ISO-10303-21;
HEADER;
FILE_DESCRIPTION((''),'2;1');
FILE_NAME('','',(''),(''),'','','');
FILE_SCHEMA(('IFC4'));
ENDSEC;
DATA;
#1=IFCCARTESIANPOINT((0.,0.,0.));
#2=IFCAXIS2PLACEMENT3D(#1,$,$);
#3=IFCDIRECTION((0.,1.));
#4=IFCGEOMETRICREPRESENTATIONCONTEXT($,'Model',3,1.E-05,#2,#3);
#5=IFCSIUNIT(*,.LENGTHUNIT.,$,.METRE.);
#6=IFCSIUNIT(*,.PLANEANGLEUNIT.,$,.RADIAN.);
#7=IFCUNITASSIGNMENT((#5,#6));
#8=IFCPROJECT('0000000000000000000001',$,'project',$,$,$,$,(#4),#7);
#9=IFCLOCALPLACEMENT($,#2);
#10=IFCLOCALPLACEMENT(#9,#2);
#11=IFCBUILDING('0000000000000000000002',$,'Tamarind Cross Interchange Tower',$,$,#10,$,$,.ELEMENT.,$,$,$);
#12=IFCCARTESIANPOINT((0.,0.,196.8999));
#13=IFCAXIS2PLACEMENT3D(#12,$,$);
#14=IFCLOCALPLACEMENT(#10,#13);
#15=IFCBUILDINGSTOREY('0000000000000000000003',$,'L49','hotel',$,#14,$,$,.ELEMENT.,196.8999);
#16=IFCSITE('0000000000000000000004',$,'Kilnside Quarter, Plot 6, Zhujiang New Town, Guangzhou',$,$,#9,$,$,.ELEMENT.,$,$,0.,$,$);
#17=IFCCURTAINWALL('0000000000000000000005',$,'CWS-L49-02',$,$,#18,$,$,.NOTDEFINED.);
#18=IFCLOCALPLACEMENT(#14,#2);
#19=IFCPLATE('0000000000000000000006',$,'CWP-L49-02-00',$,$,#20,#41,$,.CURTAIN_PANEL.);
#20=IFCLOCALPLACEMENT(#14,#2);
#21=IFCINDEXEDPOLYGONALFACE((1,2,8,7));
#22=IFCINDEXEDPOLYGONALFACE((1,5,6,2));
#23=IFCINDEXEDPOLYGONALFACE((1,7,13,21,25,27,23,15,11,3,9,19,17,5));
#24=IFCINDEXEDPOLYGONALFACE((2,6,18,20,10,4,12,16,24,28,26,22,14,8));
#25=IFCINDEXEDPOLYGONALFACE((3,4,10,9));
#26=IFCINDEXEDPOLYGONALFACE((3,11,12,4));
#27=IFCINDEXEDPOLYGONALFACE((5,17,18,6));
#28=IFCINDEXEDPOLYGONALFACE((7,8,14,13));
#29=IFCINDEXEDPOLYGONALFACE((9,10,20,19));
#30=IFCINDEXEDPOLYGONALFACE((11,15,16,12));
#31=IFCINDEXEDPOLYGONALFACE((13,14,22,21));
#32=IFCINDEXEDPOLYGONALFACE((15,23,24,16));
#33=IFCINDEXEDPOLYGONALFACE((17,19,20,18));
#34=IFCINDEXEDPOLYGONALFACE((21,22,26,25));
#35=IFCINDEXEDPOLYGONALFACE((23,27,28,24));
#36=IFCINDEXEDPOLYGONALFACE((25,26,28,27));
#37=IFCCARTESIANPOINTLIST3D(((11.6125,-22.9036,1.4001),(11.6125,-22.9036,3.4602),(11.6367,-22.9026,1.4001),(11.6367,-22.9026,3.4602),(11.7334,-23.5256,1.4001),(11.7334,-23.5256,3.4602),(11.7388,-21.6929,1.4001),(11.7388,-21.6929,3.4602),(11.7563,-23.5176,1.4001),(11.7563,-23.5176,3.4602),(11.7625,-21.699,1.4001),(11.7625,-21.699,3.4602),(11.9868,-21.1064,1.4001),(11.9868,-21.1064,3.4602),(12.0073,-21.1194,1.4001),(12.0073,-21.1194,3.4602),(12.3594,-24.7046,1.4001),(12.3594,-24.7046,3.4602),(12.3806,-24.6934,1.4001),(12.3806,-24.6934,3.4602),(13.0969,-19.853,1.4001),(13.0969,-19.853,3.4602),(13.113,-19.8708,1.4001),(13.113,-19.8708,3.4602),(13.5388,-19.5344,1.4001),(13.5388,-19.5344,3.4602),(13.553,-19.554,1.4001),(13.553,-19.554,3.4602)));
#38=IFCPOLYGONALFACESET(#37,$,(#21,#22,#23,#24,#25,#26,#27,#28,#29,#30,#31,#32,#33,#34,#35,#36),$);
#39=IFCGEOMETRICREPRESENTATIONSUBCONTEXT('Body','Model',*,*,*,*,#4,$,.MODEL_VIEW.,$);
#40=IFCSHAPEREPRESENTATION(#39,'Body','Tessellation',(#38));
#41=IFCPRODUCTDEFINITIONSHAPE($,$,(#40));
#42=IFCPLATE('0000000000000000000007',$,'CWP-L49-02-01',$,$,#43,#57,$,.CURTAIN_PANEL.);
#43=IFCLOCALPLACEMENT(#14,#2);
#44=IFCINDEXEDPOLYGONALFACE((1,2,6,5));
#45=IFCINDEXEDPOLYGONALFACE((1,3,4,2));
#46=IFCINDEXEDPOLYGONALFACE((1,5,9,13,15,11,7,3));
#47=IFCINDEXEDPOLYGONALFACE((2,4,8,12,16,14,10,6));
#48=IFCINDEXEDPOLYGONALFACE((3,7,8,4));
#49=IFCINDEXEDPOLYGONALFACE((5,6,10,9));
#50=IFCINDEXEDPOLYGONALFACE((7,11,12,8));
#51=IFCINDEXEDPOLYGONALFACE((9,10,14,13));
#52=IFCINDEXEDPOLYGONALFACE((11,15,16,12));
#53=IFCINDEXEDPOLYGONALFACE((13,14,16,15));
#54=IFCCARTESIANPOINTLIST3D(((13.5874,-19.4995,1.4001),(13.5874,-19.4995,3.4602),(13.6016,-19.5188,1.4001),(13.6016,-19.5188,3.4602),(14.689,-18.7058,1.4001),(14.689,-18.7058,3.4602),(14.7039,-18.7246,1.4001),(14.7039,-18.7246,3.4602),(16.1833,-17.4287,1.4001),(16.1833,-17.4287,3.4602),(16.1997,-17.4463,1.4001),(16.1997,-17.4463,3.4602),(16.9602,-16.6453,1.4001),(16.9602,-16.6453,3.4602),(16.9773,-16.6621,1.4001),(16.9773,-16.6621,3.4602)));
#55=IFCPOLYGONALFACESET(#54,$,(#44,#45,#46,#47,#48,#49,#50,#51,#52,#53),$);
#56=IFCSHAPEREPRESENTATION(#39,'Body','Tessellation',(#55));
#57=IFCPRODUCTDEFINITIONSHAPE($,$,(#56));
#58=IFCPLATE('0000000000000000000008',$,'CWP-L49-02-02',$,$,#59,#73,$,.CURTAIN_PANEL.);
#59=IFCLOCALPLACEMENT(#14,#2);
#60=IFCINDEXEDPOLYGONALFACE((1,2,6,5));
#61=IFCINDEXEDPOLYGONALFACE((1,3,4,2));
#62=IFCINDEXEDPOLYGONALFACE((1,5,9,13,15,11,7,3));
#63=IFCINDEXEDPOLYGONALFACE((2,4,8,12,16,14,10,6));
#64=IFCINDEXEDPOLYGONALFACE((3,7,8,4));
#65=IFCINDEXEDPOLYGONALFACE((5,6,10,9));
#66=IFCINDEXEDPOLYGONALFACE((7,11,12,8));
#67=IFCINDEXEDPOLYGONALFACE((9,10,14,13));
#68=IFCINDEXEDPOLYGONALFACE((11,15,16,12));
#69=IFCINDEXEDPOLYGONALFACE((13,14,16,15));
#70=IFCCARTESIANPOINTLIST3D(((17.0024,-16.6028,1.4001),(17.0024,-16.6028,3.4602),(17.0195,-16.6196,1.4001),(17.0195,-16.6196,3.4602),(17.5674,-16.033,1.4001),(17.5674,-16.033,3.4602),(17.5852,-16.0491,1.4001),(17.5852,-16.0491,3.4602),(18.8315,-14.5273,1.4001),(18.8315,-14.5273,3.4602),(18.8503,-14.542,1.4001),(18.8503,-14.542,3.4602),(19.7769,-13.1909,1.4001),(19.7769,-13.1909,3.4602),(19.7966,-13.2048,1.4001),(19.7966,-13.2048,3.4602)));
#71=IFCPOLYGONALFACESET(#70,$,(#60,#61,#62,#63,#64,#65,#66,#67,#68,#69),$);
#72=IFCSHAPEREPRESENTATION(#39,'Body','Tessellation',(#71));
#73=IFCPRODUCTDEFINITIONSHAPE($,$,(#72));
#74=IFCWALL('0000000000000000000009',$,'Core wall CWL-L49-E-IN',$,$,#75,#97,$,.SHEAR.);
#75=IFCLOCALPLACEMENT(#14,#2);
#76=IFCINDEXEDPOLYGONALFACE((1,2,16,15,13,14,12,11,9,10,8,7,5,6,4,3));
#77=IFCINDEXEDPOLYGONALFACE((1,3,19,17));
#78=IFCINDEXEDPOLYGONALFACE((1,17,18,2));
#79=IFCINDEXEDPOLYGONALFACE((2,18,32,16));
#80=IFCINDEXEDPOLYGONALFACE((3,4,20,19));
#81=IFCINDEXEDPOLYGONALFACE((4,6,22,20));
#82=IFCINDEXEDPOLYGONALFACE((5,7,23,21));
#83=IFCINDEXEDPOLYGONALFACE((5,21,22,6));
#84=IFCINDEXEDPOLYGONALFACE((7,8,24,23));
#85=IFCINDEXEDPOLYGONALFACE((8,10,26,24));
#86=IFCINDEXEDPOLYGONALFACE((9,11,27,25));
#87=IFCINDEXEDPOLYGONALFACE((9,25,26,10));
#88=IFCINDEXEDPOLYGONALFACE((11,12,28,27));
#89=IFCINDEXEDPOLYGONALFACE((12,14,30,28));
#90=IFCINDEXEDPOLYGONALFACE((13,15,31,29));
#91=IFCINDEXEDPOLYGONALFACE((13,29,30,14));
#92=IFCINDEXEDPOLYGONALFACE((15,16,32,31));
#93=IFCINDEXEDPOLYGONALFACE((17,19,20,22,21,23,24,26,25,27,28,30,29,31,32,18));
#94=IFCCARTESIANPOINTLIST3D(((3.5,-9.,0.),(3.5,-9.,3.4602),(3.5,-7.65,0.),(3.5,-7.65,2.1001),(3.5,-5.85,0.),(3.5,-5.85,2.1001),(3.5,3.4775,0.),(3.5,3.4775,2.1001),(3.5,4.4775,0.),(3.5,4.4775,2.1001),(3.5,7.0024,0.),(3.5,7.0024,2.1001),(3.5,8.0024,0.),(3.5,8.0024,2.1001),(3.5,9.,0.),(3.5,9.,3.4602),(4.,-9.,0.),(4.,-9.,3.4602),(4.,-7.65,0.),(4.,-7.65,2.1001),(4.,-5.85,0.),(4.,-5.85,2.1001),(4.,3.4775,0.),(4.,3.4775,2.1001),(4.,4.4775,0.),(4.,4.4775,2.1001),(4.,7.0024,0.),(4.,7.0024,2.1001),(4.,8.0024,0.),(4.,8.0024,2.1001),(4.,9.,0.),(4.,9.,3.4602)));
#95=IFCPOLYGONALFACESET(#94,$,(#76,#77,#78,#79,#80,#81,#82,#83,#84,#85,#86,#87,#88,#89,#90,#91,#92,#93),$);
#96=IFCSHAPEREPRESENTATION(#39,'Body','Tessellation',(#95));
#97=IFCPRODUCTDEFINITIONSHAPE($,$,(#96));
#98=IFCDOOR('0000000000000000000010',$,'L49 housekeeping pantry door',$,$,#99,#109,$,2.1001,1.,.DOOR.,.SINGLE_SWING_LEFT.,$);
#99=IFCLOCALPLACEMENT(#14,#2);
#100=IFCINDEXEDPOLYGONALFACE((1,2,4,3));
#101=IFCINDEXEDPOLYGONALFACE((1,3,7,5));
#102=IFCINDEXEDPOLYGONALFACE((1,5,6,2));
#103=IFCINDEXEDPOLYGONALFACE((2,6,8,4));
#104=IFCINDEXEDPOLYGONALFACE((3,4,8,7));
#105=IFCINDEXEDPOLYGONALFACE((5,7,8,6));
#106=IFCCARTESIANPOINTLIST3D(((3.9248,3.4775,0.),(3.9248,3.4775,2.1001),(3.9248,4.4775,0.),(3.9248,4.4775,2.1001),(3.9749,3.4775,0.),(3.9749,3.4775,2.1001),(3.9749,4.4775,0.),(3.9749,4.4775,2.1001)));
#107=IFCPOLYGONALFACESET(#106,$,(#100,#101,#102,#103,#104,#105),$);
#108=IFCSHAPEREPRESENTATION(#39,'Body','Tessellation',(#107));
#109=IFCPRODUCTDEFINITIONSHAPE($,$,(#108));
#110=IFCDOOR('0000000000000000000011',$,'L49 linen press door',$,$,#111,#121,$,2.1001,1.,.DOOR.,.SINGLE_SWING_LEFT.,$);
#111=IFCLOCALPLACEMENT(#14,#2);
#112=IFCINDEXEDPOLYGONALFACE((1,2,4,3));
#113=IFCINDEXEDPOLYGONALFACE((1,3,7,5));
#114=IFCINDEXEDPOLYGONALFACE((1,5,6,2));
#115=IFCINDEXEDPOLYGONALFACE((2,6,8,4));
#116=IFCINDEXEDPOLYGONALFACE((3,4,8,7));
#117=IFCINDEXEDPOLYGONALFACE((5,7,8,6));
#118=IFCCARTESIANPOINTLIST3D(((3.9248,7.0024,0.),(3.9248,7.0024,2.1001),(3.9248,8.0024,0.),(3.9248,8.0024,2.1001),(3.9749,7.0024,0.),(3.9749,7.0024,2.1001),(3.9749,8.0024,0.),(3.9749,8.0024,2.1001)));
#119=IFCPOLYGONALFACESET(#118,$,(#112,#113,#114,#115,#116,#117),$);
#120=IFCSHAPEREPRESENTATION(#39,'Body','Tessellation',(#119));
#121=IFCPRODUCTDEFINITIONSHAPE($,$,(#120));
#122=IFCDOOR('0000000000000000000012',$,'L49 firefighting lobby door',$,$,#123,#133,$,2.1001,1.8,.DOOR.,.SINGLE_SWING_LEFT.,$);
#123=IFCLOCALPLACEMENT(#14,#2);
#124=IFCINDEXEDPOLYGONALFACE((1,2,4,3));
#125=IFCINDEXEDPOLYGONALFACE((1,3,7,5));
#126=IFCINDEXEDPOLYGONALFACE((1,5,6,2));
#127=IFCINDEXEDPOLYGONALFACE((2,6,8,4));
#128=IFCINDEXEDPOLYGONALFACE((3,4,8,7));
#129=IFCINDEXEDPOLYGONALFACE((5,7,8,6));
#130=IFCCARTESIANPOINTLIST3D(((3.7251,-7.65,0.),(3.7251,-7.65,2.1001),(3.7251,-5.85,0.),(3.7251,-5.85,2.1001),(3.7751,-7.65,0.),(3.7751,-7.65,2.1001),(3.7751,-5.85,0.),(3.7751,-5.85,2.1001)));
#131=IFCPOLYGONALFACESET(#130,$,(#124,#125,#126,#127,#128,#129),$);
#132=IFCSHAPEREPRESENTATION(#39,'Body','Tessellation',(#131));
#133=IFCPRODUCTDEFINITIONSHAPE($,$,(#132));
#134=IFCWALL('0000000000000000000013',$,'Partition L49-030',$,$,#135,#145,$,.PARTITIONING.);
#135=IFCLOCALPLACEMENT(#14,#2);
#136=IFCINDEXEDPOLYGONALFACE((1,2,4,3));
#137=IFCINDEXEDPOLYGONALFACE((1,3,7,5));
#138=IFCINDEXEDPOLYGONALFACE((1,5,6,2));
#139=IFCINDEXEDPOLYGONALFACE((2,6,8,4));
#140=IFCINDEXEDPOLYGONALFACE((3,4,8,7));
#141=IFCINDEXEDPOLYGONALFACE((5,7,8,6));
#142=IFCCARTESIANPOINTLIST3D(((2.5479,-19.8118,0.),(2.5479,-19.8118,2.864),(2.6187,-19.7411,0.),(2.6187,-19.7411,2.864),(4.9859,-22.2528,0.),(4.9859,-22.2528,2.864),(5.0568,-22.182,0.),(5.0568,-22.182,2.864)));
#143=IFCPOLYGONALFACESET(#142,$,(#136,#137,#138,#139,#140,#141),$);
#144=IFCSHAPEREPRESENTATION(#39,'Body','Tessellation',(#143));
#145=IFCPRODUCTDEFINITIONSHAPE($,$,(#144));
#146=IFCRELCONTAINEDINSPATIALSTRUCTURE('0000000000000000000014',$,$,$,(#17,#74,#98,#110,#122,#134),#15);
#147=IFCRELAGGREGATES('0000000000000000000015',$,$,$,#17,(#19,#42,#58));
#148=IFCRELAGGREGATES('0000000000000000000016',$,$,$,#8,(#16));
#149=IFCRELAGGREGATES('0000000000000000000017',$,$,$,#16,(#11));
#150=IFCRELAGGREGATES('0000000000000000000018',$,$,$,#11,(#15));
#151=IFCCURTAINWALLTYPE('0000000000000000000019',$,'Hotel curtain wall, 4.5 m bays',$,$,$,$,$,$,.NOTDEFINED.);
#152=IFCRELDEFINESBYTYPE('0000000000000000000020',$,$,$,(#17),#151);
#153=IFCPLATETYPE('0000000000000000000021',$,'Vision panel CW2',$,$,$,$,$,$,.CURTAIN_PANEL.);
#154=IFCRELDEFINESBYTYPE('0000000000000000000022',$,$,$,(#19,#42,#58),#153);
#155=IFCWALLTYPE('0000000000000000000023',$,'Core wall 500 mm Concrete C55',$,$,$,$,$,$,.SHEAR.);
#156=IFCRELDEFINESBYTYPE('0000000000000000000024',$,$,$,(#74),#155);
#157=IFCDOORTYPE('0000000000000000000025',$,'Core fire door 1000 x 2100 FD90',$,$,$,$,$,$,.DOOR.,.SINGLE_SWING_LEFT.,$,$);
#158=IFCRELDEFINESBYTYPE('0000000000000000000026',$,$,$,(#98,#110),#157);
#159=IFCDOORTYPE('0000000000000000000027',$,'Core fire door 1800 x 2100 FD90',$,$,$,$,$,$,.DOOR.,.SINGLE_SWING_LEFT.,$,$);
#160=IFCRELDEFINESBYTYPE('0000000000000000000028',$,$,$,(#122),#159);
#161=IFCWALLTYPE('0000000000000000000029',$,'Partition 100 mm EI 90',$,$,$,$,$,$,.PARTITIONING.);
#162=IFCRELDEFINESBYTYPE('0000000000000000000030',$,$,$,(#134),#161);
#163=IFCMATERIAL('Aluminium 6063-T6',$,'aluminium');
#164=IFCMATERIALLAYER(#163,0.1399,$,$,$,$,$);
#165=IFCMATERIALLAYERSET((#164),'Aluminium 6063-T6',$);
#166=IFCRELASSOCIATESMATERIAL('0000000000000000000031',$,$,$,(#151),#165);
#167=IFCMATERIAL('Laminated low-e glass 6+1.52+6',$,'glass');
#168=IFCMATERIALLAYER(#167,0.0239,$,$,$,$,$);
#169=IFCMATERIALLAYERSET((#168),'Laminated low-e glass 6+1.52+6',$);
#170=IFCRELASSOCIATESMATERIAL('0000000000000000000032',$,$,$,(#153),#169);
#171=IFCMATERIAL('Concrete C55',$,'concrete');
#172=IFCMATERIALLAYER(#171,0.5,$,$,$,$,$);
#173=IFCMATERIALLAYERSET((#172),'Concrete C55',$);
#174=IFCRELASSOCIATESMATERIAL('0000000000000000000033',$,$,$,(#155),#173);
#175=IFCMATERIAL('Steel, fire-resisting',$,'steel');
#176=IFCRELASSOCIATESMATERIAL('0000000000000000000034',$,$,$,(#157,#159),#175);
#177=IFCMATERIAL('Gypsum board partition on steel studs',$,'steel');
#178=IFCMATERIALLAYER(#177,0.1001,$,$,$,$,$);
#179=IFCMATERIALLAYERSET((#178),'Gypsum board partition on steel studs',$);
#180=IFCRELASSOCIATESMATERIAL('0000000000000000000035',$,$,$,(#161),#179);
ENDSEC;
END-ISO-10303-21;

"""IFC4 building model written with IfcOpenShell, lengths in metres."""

from ifc_helpers import new_model, si_unit, direction, frame, frame_2d, origin, place, context, subcontext, project, spatial, polyline, rectangle, outline, extrude, material, layer, layer_set, type_object, element, fill, aggregate, save


model = new_model("IFC4")

# Units and contexts
model_context = context("Model", 3, precision=1e-05, world=origin(), true_north=direction((0.0, 1.0)))
body_context = subcontext(model_context, "Body", "Model", "MODEL_VIEW")
ifc_project = project(units=[si_unit("LENGTHUNIT", "METRE"), si_unit("PLANEANGLEUNIT", "RADIAN")], contexts=[model_context])

# Site, building, storey
site_placement = place(None, origin())
site = spatial("IfcSite", under=ifc_project, at=site_placement, Name="Kilnside Quarter, Plot 6, Zhujiang New Town, Guangzhou", CompositionType="ELEMENT", RefElevation=0.0)
building_placement = place(site_placement, origin())
building = spatial("IfcBuilding", under=site, at=building_placement, Name="Tamarind Cross Interchange Tower", CompositionType="ELEMENT")
storey_placement = place(building_placement, frame((0.0, 0.0, 196.8999)))
storey = spatial("IfcBuildingStorey", under=building, at=storey_placement, Name="L49", Description="hotel", CompositionType="ELEMENT", Elevation=196.8999)

# Shared definitions
ifc_material_1 = material(Name="Aluminium 6063-T6", Category="aluminium")
ifc_layer_1 = layer(ifc_material_1, 0.1399)
ifc_layer_set_1 = layer_set([ifc_layer_1], Name="Aluminium 6063-T6")
curtain_wall_type = type_object("IfcCurtainWallType", Name="Hotel curtain wall, 4.5 m bays", PredefinedType="NOTDEFINED", material=ifc_layer_set_1)

# Shared definitions
ifc_material_2 = material(Name="Laminated low-e glass 6+1.52+6", Category="glass")
ifc_layer_2 = layer(ifc_material_2, 0.0239)
ifc_layer_set_2 = layer_set([ifc_layer_2], Name="Laminated low-e glass 6+1.52+6")
plate_type = type_object("IfcPlateType", Name="Vision panel CW2", PredefinedType="CURTAIN_PANEL", material=ifc_layer_set_2)

# Curtain wall, plates
curtain_wall_1_placement = place(storey_placement, origin())
curtain_wall_1 = element("IfcCurtainWall", 1, at=curtain_wall_1_placement, inside=storey, type_object=curtain_wall_type, Name="CWS-L49-02", PredefinedType="NOTDEFINED")
plate_1_placement = place(storey_placement, frame((0.0, 0.0, 1.4001)))
plate_1 = element("IfcPlate", 2, at=plate_1_placement, type_object=plate_type, Name="CWP-L49-02-00", PredefinedType="CURTAIN_PANEL", context=body_context, shape_type="SweptSolid", body=[
    extrude(outline(polyline([(12.3594, -24.7046), (11.7334, -23.5256), (11.6125, -22.9036), (11.7388, -21.6929), (11.9868, -21.1064), (13.0969, -19.853), (13.5388, -19.5344), (13.553, -19.554), (13.113, -19.8708), (12.0073, -21.1194), (11.7625, -21.699), (11.6367, -22.9026), (11.7563, -23.5176), (12.3806, -24.6934), (12.3594, -24.7046)])), origin(), (0.0, 0.0, 1.0), 2.0601),
])
plate_2_placement = place(storey_placement, frame((0.0, 0.0, 1.4001)))
plate_2 = element("IfcPlate", 3, at=plate_2_placement, type_object=plate_type, Name="CWP-L49-02-01", PredefinedType="CURTAIN_PANEL", context=body_context, shape_type="SweptSolid", body=[
    extrude(outline(polyline([(13.5874, -19.4995), (14.689, -18.7058), (16.1833, -17.4287), (16.9602, -16.6453), (16.9773, -16.6621), (16.1997, -17.4463), (14.7039, -18.7246), (13.6016, -19.5188), (13.5874, -19.4995)])), origin(), (0.0, 0.0, 1.0), 2.0601),
])
plate_3_placement = place(storey_placement, frame((0.0, 0.0, 1.4001)))
plate_3 = element("IfcPlate", 4, at=plate_3_placement, type_object=plate_type, Name="CWP-L49-02-02", PredefinedType="CURTAIN_PANEL", context=body_context, shape_type="SweptSolid", body=[
    extrude(outline(polyline([(17.0024, -16.6028), (17.5674, -16.033), (18.8315, -14.5273), (19.7769, -13.1909), (19.7966, -13.2048), (18.8503, -14.542), (17.5852, -16.0491), (17.0195, -16.6196), (17.0024, -16.6028)])), origin(), (0.0, 0.0, 1.0), 2.0601),
])
aggregate(curtain_wall_1, [plate_1, plate_2, plate_3])

# Wall, openings, doors
ifc_material_3 = material(Name="Concrete C55", Category="concrete")
ifc_layer_3 = layer(ifc_material_3, 0.5)
ifc_layer_set_3 = layer_set([ifc_layer_3], Name="Concrete C55")
wall_type_1 = type_object("IfcWallType", Name="Core wall 500 mm Concrete C55", PredefinedType="SHEAR", material=ifc_layer_set_3)
wall_1_placement = place(storey_placement, frame((3.75, -9.0, 0.0), z_axis=(0.0, 0.0, 1.0), x_axis=(0.0, 1.0, 0.0)))
wall_1 = element("IfcWall", 5, at=wall_1_placement, inside=storey, type_object=wall_type_1, Name="Core wall CWL-L49-E-IN", PredefinedType="SHEAR", context=body_context, shape_type="SweptSolid", body=[
    extrude(rectangle(XDim=18.0, YDim=0.5, at=frame_2d((9.0, 0.0))), origin(), (0.0, 0.0, 1.0), 3.4602),
])
opening_1_placement = place(wall_1_placement, frame((1.3501, 0.0, 0.0)))
opening_1 = element("IfcOpeningElement", 6, at=opening_1_placement, cuts=wall_1, PredefinedType="OPENING", context=body_context, shape_type="SweptSolid", body=[
    extrude(rectangle(XDim=1.8, YDim=2.1001, at=frame_2d((0.8999, 1.05))), frame((0.0, 0.26, 0.0), z_axis=(0.0, -1.0, 0.0), x_axis=(1.0, 0.0, 0.0)), (0.0, 0.0, 1.0), 0.52),
])
opening_2_placement = place(wall_1_placement, frame((12.4775, 0.0, 0.0)))
opening_2 = element("IfcOpeningElement", 7, at=opening_2_placement, cuts=wall_1, PredefinedType="OPENING", context=body_context, shape_type="SweptSolid", body=[
    extrude(rectangle(XDim=1.0, YDim=2.1001, at=frame_2d((0.5, 1.05))), frame((0.0, 0.26, 0.0), z_axis=(0.0, -1.0, 0.0), x_axis=(1.0, 0.0, 0.0)), (0.0, 0.0, 1.0), 0.52),
])
opening_3_placement = place(wall_1_placement, frame((16.0024, 0.0, 0.0)))
opening_3 = element("IfcOpeningElement", 8, at=opening_3_placement, cuts=wall_1, PredefinedType="OPENING", context=body_context, shape_type="SweptSolid", body=[
    extrude(rectangle(XDim=1.0, YDim=2.1001, at=frame_2d((0.5, 1.05))), frame((0.0, 0.26, 0.0), z_axis=(0.0, -1.0, 0.0), x_axis=(1.0, 0.0, 0.0)), (0.0, 0.0, 1.0), 0.52),
])
ifc_material_4 = material(Name="Steel, fire-resisting", Category="steel")
door_type_1 = type_object("IfcDoorType", Name="Core fire door 1000 x 2100 FD90", OperationType="SINGLE_SWING_LEFT", PredefinedType="DOOR", material=ifc_material_4)
door_1_placement = place(opening_2_placement, origin())
door_1 = element("IfcDoor", 9, at=door_1_placement, inside=storey, type_object=door_type_1, Name="L49 housekeeping pantry door", OperationType="SINGLE_SWING_LEFT", OverallHeight=2.1001, OverallWidth=1.0, PredefinedType="DOOR", context=body_context, shape_type="SweptSolid", body=[
    extrude(rectangle(XDim=1.0, YDim=2.1001, at=frame_2d((0.5, 1.05))), frame((0.0, -0.1748, 0.0), z_axis=(0.0, -1.0, 0.0), x_axis=(1.0, 0.0, 0.0)), (0.0, 0.0, 1.0), 0.05),
])
fill(opening_2, door_1)
door_2_placement = place(opening_3_placement, origin())
door_2 = element("IfcDoor", 10, at=door_2_placement, inside=storey, type_object=door_type_1, Name="L49 linen press door", OperationType="SINGLE_SWING_LEFT", OverallHeight=2.1001, OverallWidth=1.0, PredefinedType="DOOR", context=body_context, shape_type="SweptSolid", body=[
    extrude(rectangle(XDim=1.0, YDim=2.1001, at=frame_2d((0.5, 1.05))), frame((0.0, -0.1748, 0.0), z_axis=(0.0, -1.0, 0.0), x_axis=(1.0, 0.0, 0.0)), (0.0, 0.0, 1.0), 0.05),
])
fill(opening_3, door_2)
door_type_2 = type_object("IfcDoorType", Name="Core fire door 1800 x 2100 FD90", OperationType="SINGLE_SWING_LEFT", PredefinedType="DOOR", material=ifc_material_4)
door_3_placement = place(opening_1_placement, origin())
door_3 = element("IfcDoor", 11, at=door_3_placement, inside=storey, type_object=door_type_2, Name="L49 firefighting lobby door", OperationType="SINGLE_SWING_LEFT", OverallHeight=2.1001, OverallWidth=1.8, PredefinedType="DOOR", context=body_context, shape_type="SweptSolid", body=[
    extrude(rectangle(XDim=1.8, YDim=2.1001, at=frame_2d((0.8999, 1.05))), frame((0.0, 0.0249, 0.0), z_axis=(0.0, -1.0, 0.0), x_axis=(1.0, 0.0, 0.0)), (0.0, 0.0, 1.0), 0.05),
])
fill(opening_1, door_3)

# Wall
ifc_material_5 = material(Name="Gypsum board partition on steel studs", Category="steel")
ifc_layer_4 = layer(ifc_material_5, 0.1001)
ifc_layer_set_4 = layer_set([ifc_layer_4], Name="Gypsum board partition on steel studs")
wall_type_2 = type_object("IfcWallType", Name="Partition 100 mm EI 90", PredefinedType="PARTITIONING", material=ifc_layer_set_4)
wall_2_placement = place(storey_placement, frame((2.5833, -19.7764, 0.0), z_axis=(0.0, 0.0, 1.0), x_axis=(0.706682, -0.707531, 0.0)))
element("IfcWall", 12, at=wall_2_placement, inside=storey, type_object=wall_type_2, Name="Partition L49-030", PredefinedType="PARTITIONING", context=body_context, shape_type="SweptSolid", body=[
    extrude(rectangle(XDim=3.45, YDim=0.1001, at=frame_2d((1.7251, 0.0))), origin(), (0.0, 0.0, 1.0), 2.864),
])

save(model, "model.ifc")
